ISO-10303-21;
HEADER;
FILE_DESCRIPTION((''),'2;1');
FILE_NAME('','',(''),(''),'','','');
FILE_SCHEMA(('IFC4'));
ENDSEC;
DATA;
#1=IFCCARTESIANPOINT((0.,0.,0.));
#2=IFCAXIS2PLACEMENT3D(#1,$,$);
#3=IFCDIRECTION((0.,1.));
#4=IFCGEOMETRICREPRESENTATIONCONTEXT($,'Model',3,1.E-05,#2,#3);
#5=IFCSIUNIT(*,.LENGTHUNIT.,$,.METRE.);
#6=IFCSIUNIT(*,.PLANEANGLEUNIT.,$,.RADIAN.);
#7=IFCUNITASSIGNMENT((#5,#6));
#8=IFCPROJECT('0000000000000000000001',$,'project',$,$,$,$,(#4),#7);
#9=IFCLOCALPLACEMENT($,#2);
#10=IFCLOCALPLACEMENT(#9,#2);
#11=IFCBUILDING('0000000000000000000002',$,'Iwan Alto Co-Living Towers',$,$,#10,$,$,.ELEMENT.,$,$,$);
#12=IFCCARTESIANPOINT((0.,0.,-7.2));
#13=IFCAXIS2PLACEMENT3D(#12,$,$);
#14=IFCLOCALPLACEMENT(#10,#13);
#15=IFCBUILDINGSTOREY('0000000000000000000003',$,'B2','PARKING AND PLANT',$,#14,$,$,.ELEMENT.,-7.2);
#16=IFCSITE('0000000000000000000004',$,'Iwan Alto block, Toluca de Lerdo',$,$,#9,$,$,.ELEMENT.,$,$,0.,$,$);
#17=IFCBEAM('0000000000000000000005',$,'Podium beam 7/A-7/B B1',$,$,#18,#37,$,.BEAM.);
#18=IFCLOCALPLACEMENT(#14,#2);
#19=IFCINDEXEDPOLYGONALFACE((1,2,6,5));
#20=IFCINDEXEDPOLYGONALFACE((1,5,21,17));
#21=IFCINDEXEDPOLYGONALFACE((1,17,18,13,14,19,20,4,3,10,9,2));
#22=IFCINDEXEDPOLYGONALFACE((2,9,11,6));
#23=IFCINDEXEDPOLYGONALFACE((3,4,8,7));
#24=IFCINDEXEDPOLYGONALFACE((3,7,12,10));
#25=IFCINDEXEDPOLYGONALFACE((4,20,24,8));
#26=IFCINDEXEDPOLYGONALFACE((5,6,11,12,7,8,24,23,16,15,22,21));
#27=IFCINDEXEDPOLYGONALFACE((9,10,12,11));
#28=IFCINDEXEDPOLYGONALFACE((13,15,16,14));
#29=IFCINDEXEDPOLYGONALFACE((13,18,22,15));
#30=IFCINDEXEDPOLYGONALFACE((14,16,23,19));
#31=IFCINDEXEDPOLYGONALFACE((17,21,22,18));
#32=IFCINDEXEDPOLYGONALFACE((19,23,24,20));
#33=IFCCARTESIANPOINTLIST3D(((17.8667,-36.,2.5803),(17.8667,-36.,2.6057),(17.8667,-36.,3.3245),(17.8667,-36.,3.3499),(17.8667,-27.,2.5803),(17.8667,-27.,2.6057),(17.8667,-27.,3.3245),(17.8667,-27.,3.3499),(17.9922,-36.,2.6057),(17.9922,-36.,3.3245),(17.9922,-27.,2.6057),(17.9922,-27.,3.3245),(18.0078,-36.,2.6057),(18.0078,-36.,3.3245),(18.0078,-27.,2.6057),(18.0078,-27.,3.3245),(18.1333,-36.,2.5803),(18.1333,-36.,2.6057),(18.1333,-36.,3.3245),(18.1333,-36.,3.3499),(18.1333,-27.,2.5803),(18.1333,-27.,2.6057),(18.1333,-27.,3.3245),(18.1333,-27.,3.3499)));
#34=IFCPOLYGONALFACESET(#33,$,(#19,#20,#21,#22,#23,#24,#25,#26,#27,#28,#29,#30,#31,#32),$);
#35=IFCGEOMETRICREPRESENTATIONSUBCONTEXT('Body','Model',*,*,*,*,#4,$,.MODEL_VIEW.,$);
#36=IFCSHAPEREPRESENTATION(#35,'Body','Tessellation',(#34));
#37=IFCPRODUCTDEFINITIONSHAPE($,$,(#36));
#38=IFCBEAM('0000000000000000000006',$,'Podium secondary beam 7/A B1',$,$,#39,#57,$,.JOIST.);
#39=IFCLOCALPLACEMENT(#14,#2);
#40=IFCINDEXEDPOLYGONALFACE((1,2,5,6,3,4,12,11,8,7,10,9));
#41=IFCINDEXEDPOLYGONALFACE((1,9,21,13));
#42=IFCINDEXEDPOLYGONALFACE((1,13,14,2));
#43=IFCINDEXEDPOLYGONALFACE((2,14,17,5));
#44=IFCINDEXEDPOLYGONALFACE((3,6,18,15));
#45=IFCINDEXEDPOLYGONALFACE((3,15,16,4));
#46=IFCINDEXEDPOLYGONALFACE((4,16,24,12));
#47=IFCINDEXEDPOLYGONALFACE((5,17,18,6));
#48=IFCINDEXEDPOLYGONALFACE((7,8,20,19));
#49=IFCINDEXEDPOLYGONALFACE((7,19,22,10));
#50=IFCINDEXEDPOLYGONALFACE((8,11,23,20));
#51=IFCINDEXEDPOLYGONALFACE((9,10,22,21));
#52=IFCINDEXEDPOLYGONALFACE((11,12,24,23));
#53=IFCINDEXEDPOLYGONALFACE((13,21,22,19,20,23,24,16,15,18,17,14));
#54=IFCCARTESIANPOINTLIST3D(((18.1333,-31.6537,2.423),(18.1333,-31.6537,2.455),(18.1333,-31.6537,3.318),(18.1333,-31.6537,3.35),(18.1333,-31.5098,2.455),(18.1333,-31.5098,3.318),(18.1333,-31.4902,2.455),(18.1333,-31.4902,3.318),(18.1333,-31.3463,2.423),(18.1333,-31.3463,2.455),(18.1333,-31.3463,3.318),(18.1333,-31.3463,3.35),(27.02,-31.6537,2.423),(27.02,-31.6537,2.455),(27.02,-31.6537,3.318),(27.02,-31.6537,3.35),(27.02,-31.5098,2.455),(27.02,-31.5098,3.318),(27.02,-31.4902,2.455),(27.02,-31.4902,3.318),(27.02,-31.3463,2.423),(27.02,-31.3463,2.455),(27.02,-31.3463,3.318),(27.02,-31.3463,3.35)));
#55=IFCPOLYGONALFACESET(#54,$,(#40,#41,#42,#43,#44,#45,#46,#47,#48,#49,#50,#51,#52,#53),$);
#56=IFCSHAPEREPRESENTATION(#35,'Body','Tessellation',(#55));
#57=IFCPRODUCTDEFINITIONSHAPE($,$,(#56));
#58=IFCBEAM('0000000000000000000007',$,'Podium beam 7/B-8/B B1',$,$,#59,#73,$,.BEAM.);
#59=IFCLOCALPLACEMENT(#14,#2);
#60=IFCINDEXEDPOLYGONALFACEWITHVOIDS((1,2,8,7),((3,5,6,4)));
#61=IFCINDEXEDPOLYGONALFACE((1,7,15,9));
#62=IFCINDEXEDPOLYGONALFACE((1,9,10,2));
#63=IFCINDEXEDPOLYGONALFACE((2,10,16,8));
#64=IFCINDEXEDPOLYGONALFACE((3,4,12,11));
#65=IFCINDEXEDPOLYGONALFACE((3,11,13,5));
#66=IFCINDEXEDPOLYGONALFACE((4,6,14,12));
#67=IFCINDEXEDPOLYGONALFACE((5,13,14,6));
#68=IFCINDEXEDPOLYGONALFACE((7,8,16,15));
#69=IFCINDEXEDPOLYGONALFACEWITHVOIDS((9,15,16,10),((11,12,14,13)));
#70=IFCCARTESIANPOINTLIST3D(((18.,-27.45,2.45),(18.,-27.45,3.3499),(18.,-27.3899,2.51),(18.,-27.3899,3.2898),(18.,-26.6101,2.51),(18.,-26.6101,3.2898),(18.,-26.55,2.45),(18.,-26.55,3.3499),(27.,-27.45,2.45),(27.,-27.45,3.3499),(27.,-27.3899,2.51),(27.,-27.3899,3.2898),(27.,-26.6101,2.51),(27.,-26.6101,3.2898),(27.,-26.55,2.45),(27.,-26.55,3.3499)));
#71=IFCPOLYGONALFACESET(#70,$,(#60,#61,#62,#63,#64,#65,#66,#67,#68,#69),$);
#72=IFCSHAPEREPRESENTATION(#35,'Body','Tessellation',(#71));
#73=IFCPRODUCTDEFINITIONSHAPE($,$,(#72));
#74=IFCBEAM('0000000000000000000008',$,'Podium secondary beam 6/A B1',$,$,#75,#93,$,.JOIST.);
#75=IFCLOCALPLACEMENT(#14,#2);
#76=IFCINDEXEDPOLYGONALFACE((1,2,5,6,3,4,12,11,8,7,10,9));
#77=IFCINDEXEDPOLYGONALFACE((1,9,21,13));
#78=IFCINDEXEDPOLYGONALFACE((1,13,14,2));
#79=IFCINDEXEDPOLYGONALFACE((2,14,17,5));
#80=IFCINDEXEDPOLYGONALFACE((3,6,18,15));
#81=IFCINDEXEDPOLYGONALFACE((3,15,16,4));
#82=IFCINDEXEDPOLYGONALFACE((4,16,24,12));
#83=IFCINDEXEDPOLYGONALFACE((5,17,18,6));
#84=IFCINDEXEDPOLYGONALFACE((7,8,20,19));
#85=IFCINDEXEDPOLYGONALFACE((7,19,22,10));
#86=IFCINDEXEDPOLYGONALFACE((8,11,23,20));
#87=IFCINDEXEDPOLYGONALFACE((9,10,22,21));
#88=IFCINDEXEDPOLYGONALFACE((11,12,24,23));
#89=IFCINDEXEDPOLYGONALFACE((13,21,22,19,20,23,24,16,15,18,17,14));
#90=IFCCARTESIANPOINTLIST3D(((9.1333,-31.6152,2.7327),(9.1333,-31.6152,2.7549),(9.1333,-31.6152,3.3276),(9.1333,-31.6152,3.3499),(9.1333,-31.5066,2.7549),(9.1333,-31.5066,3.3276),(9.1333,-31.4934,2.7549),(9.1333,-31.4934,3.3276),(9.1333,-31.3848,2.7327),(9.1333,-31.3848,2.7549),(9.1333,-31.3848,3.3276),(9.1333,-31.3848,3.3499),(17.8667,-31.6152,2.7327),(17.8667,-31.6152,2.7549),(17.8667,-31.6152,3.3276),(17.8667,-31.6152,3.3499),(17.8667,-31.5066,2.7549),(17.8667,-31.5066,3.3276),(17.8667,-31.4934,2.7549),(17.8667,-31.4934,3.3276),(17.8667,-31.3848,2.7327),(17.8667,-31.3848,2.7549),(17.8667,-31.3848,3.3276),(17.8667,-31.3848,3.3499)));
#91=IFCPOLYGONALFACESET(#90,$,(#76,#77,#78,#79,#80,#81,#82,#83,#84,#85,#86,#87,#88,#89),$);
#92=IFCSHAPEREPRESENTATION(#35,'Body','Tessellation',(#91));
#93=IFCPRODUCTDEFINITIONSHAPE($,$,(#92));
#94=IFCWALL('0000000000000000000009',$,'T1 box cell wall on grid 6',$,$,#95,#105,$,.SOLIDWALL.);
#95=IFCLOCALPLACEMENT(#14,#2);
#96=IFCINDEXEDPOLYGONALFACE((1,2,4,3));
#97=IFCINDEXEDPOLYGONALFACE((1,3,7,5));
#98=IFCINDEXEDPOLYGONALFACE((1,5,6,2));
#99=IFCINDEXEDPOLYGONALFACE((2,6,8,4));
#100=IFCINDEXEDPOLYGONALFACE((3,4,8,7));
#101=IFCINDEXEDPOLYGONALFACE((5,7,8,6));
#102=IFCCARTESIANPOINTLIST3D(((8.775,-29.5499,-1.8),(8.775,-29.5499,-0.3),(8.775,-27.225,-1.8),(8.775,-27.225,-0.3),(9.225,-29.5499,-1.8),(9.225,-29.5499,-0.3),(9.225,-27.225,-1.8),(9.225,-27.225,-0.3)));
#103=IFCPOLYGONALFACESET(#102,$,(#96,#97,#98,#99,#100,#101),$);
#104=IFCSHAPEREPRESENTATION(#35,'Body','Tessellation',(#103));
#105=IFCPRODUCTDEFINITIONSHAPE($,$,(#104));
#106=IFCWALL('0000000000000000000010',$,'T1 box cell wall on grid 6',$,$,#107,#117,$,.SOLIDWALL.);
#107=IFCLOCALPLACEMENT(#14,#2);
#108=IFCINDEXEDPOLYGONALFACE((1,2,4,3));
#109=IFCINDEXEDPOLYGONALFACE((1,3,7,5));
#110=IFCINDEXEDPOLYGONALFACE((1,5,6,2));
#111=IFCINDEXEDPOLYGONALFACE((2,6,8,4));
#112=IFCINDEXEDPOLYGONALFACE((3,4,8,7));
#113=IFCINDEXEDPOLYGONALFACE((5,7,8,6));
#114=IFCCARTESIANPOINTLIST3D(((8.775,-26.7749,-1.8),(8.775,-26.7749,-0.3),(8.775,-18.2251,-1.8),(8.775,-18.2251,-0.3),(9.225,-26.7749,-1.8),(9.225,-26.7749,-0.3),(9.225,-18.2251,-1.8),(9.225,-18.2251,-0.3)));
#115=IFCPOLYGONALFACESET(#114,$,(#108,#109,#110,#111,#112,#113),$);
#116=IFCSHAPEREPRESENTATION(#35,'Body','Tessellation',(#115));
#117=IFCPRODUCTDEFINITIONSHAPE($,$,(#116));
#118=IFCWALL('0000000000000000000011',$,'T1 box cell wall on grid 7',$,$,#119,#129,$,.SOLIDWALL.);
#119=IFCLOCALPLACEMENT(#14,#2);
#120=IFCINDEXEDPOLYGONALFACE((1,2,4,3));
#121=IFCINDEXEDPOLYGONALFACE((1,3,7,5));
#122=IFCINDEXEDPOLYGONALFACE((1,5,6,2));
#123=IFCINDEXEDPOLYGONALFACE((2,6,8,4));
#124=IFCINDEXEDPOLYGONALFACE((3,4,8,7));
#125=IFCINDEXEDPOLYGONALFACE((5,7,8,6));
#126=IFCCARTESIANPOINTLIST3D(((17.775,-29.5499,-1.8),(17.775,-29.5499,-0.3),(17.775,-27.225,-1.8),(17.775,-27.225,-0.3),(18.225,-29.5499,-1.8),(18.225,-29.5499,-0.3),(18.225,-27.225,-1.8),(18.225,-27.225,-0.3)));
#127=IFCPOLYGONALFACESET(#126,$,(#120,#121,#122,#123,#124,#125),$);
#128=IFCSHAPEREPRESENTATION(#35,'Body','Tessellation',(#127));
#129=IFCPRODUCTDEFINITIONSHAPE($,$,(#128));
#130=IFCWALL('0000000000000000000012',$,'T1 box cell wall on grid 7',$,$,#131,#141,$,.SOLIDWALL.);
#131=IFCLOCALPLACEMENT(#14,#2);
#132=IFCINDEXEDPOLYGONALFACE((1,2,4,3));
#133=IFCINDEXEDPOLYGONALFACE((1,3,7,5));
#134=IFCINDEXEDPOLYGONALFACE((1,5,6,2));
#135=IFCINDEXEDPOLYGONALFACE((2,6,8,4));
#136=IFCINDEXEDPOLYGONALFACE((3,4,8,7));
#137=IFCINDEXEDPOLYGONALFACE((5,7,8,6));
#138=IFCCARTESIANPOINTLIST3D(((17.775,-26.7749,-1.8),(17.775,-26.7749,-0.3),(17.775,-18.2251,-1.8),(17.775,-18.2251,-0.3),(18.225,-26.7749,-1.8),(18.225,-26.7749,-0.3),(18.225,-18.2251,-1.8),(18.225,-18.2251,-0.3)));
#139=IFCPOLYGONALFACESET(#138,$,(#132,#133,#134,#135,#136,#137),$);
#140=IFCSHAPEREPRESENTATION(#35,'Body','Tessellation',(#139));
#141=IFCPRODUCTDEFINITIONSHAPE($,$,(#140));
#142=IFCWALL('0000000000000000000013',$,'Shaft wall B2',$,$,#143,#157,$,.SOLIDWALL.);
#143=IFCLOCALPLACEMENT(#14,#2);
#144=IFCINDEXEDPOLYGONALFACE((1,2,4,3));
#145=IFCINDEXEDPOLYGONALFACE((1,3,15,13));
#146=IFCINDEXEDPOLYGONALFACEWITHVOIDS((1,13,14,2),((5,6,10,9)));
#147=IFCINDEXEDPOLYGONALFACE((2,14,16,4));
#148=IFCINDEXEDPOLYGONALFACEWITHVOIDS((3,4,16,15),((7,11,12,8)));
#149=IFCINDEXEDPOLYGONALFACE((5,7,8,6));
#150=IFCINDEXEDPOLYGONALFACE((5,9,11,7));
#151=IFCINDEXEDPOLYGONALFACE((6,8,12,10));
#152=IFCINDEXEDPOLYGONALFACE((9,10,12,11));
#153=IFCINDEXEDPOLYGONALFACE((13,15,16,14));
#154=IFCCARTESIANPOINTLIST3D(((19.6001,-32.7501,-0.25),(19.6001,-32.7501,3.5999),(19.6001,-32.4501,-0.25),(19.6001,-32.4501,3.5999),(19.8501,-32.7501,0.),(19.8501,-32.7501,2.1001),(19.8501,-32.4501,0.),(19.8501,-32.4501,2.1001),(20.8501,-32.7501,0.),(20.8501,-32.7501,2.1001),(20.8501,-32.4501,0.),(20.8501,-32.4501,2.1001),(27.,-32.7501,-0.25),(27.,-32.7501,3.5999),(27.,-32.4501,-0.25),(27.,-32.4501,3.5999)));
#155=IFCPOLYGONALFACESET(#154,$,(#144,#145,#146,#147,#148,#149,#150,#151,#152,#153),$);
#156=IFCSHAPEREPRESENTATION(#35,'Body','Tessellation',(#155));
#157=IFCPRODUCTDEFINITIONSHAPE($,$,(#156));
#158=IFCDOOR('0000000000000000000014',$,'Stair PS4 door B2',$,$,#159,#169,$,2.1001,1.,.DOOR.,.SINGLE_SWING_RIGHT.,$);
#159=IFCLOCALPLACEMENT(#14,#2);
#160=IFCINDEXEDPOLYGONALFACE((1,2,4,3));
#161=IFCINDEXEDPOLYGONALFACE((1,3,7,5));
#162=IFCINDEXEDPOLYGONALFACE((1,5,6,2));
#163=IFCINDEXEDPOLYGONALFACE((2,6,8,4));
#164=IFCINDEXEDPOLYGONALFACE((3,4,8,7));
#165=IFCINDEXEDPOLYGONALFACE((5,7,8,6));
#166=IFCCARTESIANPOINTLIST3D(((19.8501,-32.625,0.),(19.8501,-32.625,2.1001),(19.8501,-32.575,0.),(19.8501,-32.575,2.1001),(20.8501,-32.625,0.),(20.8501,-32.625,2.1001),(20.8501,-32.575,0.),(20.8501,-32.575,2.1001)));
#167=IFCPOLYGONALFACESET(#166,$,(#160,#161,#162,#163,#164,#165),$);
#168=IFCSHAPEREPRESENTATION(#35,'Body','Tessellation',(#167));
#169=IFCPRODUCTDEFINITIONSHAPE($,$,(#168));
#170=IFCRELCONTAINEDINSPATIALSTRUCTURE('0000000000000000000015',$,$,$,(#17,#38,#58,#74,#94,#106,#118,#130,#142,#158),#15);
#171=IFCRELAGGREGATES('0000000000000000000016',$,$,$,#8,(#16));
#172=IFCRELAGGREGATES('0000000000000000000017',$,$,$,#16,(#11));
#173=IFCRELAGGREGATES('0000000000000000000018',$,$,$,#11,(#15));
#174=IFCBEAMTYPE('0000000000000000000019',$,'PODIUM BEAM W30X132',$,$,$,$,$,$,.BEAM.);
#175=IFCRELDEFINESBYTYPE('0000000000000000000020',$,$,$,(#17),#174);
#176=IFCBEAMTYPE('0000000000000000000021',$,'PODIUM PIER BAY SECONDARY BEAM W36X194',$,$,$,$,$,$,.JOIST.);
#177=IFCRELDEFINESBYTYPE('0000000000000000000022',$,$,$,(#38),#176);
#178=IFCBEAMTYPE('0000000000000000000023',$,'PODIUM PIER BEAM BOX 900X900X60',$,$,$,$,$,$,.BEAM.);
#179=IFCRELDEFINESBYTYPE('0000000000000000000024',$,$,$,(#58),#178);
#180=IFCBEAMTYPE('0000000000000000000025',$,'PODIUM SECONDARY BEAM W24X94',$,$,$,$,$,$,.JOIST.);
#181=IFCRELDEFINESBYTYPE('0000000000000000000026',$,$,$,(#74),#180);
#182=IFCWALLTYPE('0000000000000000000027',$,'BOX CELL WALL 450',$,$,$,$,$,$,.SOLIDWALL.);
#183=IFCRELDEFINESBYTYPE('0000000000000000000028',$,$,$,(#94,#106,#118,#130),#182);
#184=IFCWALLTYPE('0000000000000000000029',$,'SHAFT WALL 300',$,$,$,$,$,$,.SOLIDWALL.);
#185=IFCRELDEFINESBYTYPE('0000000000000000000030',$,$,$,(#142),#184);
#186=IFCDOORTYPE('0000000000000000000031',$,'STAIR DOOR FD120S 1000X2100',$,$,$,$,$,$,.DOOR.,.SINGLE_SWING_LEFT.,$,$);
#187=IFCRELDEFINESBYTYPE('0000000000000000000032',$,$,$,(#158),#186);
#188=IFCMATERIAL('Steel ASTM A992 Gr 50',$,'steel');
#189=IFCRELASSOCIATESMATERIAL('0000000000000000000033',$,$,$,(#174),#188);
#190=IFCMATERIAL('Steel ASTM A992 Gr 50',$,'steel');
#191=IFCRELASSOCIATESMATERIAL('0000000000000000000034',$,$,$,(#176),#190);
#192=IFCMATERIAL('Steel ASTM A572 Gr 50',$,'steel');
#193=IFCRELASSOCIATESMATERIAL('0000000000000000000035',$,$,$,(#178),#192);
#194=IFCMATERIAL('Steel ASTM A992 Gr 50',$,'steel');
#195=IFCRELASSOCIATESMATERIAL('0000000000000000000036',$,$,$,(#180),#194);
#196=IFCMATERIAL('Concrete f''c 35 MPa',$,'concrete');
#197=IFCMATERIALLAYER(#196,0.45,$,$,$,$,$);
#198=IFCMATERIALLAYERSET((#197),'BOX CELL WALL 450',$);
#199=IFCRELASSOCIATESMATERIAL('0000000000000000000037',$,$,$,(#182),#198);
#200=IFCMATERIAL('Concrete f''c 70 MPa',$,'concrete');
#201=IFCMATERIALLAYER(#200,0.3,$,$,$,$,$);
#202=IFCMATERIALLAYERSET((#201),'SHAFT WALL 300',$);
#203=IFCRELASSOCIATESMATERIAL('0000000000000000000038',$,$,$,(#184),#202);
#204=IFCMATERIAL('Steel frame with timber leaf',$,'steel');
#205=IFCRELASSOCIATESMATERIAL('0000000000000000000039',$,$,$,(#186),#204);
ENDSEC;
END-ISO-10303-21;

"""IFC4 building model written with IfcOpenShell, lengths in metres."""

from ifc_helpers import new_model, si_unit, direction, frame, frame_2d, origin, origin_2d, place, context, subcontext, project, spatial, rectangle, hollow_rectangle, i_section, extrude, material, layer, layer_set, material_profile, profile_set, type_object, element, fill, save


model = new_model("IFC4")

# Units and contexts
model_context = context("Model", 3, precision=1e-05, world=origin(), true_north=direction((0.0, 1.0)))
body_context = subcontext(model_context, "Body", "Model", "MODEL_VIEW")
ifc_project = project(units=[si_unit("LENGTHUNIT", "METRE"), si_unit("PLANEANGLEUNIT", "RADIAN")], contexts=[model_context])

# Site, building, storey
site_placement = place(None, origin())
site = spatial("IfcSite", under=ifc_project, at=site_placement, Name="Iwan Alto block, Toluca de Lerdo", CompositionType="ELEMENT", RefElevation=0.0)
building_placement = place(site_placement, origin())
building = spatial("IfcBuilding", under=site, at=building_placement, Name="Iwan Alto Co-Living Towers", CompositionType="ELEMENT")
storey_placement = place(building_placement, frame((0.0, 0.0, -7.2)))
storey = spatial("IfcBuildingStorey", under=building, at=storey_placement, Name="B2", Description="PARKING AND PLANT", CompositionType="ELEMENT", Elevation=-7.2)

# Beams
ifc_material_1 = material(Name="Steel ASTM A992 Gr 50", Category="steel")
ifc_material_profile_1 = material_profile(ifc_material_1, i_section(OverallWidth=0.2666, OverallDepth=0.7695, WebThickness=0.0156, FlangeThickness=0.0254, at=origin_2d()), Name="W30X132")
ifc_profile_set_1 = profile_set([ifc_material_profile_1], Name="Steel ASTM A992 Gr 50")
beam_type_1 = type_object("IfcBeamType", Name="PODIUM BEAM W30X132", PredefinedType="BEAM", material=ifc_profile_set_1)
for number, where, z_axis, x_axis, name in (
    (1, (18.0, -36.0, 2.9651), (0.0, 1.0, 0.0), (-1.0, 0.0, 0.0), "Podium beam 7/A-7/B B1"),
):
    element("IfcBeam", number, at=place(storey_placement, frame(where, z_axis=z_axis, x_axis=x_axis)), inside=storey, type_object=beam_type_1, Name=name, PredefinedType="BEAM", context=body_context, shape_type="SweptSolid", body=[
        extrude(i_section(OverallWidth=0.2666, OverallDepth=0.7695, WebThickness=0.0156, FlangeThickness=0.0254, at=origin_2d()), origin(), (0.0, 0.0, 1.0), 9.0),
    ])
ifc_material_2 = material(Name="Steel ASTM A992 Gr 50", Category="steel")
ifc_material_profile_2 = material_profile(ifc_material_2, i_section(OverallWidth=0.3074, OverallDepth=0.927, WebThickness=0.0195, FlangeThickness=0.032, at=origin_2d()), Name="W36X194")
ifc_profile_set_2 = profile_set([ifc_material_profile_2], Name="Steel ASTM A992 Gr 50")
beam_type_2 = type_object("IfcBeamType", Name="PODIUM PIER BAY SECONDARY BEAM W36X194", PredefinedType="JOIST", material=ifc_profile_set_2)
beam_1_placement = place(storey_placement, frame((18.1333, -31.5, 2.8865), z_axis=(1.0, 0.0, 0.0), x_axis=(0.0, 1.0, 0.0)))
element("IfcBeam", 2, at=beam_1_placement, inside=storey, type_object=beam_type_2, Name="Podium secondary beam 7/A B1", PredefinedType="JOIST", context=body_context, shape_type="SweptSolid", body=[
    extrude(i_section(OverallWidth=0.3074, OverallDepth=0.927, WebThickness=0.0195, FlangeThickness=0.032, at=origin_2d()), origin(), (0.0, 0.0, 1.0), 8.8867),
])
ifc_material_3 = material(Name="Steel ASTM A572 Gr 50", Category="steel")
ifc_material_profile_3 = material_profile(ifc_material_3, hollow_rectangle(XDim=0.8999, YDim=0.8999, WallThickness=0.0601, at=origin_2d()), Name="BOX 900X900X60")
ifc_profile_set_3 = profile_set([ifc_material_profile_3], Name="Steel ASTM A572 Gr 50")
beam_type_3 = type_object("IfcBeamType", Name="PODIUM PIER BEAM BOX 900X900X60", PredefinedType="BEAM", material=ifc_profile_set_3)
beam_2_placement = place(storey_placement, frame((18.0, -27.0, 2.8999), z_axis=(1.0, 0.0, 0.0), x_axis=(0.0, 1.0, 0.0)))
element("IfcBeam", 3, at=beam_2_placement, inside=storey, type_object=beam_type_3, Name="Podium beam 7/B-8/B B1", PredefinedType="BEAM", context=body_context, shape_type="SweptSolid", body=[
    extrude(hollow_rectangle(XDim=0.8999, YDim=0.8999, WallThickness=0.0601, at=origin_2d()), origin(), (0.0, 0.0, 1.0), 9.0),
])
ifc_material_4 = material(Name="Steel ASTM A992 Gr 50", Category="steel")
ifc_material_profile_4 = material_profile(ifc_material_4, i_section(OverallWidth=0.2305, OverallDepth=0.6172, WebThickness=0.0132, FlangeThickness=0.0222, at=origin_2d()), Name="W24X94")
ifc_profile_set_4 = profile_set([ifc_material_profile_4], Name="Steel ASTM A992 Gr 50")
beam_type_4 = type_object("IfcBeamType", Name="PODIUM SECONDARY BEAM W24X94", PredefinedType="JOIST", material=ifc_profile_set_4)
beam_3_placement = place(storey_placement, frame((9.1333, -31.5, 3.0413), z_axis=(1.0, 0.0, 0.0), x_axis=(0.0, 1.0, 0.0)))
element("IfcBeam", 4, at=beam_3_placement, inside=storey, type_object=beam_type_4, Name="Podium secondary beam 6/A B1", PredefinedType="JOIST", context=body_context, shape_type="SweptSolid", body=[
    extrude(i_section(OverallWidth=0.2305, OverallDepth=0.6172, WebThickness=0.0132, FlangeThickness=0.0222, at=origin_2d()), origin(), (0.0, 0.0, 1.0), 8.7334),
])

# Walls
ifc_material_5 = material(Name="Concrete f'c 35 MPa", Category="concrete")
ifc_layer_1 = layer(ifc_material_5, 0.45)
ifc_layer_set_1 = layer_set([ifc_layer_1], Name="BOX CELL WALL 450")
wall_type_1 = type_object("IfcWallType", Name="BOX CELL WALL 450", PredefinedType="SOLIDWALL", material=ifc_layer_set_1)
wall_1_placement = place(storey_placement, frame((9.0, -29.55, -1.8), z_axis=(0.0, 0.0, 1.0), x_axis=(0.0, 1.0, 0.0)))
element("IfcWall", 5, at=wall_1_placement, inside=storey, type_object=wall_type_1, Name="T1 box cell wall on grid 6", PredefinedType="SOLIDWALL", context=body_context, shape_type="SweptSolid", body=[
    extrude(rectangle(XDim=2.325, YDim=0.45, at=frame_2d((1.1626, 0.0))), origin(), (0.0, 0.0, 1.0), 1.5),
])
wall_2_placement = place(storey_placement, frame((9.0, -26.7749, -1.8), z_axis=(0.0, 0.0, 1.0), x_axis=(0.0, 1.0, 0.0)))
element("IfcWall", 6, at=wall_2_placement, inside=storey, type_object=wall_type_1, Name="T1 box cell wall on grid 6", PredefinedType="SOLIDWALL", context=body_context, shape_type="SweptSolid", body=[
    extrude(rectangle(XDim=8.5498, YDim=0.45, at=frame_2d((4.2749, 0.0))), origin(), (0.0, 0.0, 1.0), 1.5),
])
wall_3_placement = place(storey_placement, frame((18.0, -29.55, -1.8), z_axis=(0.0, 0.0, 1.0), x_axis=(0.0, 1.0, 0.0)))
element("IfcWall", 7, at=wall_3_placement, inside=storey, type_object=wall_type_1, Name="T1 box cell wall on grid 7", PredefinedType="SOLIDWALL", context=body_context, shape_type="SweptSolid", body=[
    extrude(rectangle(XDim=2.325, YDim=0.45, at=frame_2d((1.1626, 0.0))), origin(), (0.0, 0.0, 1.0), 1.5),
])
wall_4_placement = place(storey_placement, frame((18.0, -26.7749, -1.8), z_axis=(0.0, 0.0, 1.0), x_axis=(0.0, 1.0, 0.0)))
element("IfcWall", 8, at=wall_4_placement, inside=storey, type_object=wall_type_1, Name="T1 box cell wall on grid 7", PredefinedType="SOLIDWALL", context=body_context, shape_type="SweptSolid", body=[
    extrude(rectangle(XDim=8.5498, YDim=0.45, at=frame_2d((4.2749, 0.0))), origin(), (0.0, 0.0, 1.0), 1.5),
])

# Wall, opening, door
ifc_material_6 = material(Name="Concrete f'c 70 MPa", Category="concrete")
ifc_layer_2 = layer(ifc_material_6, 0.3)
ifc_layer_set_2 = layer_set([ifc_layer_2], Name="SHAFT WALL 300")
wall_type_2 = type_object("IfcWallType", Name="SHAFT WALL 300", PredefinedType="SOLIDWALL", material=ifc_layer_set_2)
wall_5_placement = place(storey_placement, frame((19.6001, -32.6001, -0.25), z_axis=(0.0, 0.0, 1.0), x_axis=(1.0, 0.0, 0.0)))
wall_5 = element("IfcWall", 9, at=wall_5_placement, inside=storey, type_object=wall_type_2, Name="Shaft wall B2", PredefinedType="SOLIDWALL", context=body_context, shape_type="SweptSolid", body=[
    extrude(rectangle(XDim=7.3999, YDim=0.3, at=frame_2d((3.7, 0.0))), origin(), (0.0, 0.0, 1.0), 3.8499),
])
opening_placement = place(wall_5_placement, frame((0.25, 0.0, 0.25)))
opening = element("IfcOpeningElement", 10, at=opening_placement, cuts=wall_5, PredefinedType="OPENING", context=body_context, shape_type="SweptSolid", body=[
    extrude(rectangle(XDim=1.0, YDim=2.1001, at=frame_2d((0.5, 1.05))), frame((0.0, 0.1599, 0.0), z_axis=(0.0, -1.0, 0.0), x_axis=(1.0, 0.0, 0.0)), (0.0, 0.0, 1.0), 0.3201),
])
ifc_material_7 = material(Name="Steel frame with timber leaf", Category="steel")
door_type = type_object("IfcDoorType", Name="STAIR DOOR FD120S 1000X2100", OperationType="SINGLE_SWING_LEFT", PredefinedType="DOOR", material=ifc_material_7)
door_placement = place(opening_placement, frame((1.0, 0.0, 0.0), z_axis=(0.0, 0.0, 1.0), x_axis=(-1.0, 0.0, 0.0)))
door = element("IfcDoor", 11, at=door_placement, inside=storey, type_object=door_type, Name="Stair PS4 door B2", OperationType="SINGLE_SWING_RIGHT", OverallHeight=2.1001, OverallWidth=1.0, PredefinedType="DOOR", context=body_context, shape_type="SweptSolid", body=[
    extrude(rectangle(XDim=1.0, YDim=2.1001, at=frame_2d((0.5, 1.05))), frame((0.0, 0.0249, 0.0), z_axis=(0.0, -1.0, 0.0), x_axis=(1.0, 0.0, 0.0)), (0.0, 0.0, 1.0), 0.05),
])
fill(opening, door)

save(model, "model.ifc")
